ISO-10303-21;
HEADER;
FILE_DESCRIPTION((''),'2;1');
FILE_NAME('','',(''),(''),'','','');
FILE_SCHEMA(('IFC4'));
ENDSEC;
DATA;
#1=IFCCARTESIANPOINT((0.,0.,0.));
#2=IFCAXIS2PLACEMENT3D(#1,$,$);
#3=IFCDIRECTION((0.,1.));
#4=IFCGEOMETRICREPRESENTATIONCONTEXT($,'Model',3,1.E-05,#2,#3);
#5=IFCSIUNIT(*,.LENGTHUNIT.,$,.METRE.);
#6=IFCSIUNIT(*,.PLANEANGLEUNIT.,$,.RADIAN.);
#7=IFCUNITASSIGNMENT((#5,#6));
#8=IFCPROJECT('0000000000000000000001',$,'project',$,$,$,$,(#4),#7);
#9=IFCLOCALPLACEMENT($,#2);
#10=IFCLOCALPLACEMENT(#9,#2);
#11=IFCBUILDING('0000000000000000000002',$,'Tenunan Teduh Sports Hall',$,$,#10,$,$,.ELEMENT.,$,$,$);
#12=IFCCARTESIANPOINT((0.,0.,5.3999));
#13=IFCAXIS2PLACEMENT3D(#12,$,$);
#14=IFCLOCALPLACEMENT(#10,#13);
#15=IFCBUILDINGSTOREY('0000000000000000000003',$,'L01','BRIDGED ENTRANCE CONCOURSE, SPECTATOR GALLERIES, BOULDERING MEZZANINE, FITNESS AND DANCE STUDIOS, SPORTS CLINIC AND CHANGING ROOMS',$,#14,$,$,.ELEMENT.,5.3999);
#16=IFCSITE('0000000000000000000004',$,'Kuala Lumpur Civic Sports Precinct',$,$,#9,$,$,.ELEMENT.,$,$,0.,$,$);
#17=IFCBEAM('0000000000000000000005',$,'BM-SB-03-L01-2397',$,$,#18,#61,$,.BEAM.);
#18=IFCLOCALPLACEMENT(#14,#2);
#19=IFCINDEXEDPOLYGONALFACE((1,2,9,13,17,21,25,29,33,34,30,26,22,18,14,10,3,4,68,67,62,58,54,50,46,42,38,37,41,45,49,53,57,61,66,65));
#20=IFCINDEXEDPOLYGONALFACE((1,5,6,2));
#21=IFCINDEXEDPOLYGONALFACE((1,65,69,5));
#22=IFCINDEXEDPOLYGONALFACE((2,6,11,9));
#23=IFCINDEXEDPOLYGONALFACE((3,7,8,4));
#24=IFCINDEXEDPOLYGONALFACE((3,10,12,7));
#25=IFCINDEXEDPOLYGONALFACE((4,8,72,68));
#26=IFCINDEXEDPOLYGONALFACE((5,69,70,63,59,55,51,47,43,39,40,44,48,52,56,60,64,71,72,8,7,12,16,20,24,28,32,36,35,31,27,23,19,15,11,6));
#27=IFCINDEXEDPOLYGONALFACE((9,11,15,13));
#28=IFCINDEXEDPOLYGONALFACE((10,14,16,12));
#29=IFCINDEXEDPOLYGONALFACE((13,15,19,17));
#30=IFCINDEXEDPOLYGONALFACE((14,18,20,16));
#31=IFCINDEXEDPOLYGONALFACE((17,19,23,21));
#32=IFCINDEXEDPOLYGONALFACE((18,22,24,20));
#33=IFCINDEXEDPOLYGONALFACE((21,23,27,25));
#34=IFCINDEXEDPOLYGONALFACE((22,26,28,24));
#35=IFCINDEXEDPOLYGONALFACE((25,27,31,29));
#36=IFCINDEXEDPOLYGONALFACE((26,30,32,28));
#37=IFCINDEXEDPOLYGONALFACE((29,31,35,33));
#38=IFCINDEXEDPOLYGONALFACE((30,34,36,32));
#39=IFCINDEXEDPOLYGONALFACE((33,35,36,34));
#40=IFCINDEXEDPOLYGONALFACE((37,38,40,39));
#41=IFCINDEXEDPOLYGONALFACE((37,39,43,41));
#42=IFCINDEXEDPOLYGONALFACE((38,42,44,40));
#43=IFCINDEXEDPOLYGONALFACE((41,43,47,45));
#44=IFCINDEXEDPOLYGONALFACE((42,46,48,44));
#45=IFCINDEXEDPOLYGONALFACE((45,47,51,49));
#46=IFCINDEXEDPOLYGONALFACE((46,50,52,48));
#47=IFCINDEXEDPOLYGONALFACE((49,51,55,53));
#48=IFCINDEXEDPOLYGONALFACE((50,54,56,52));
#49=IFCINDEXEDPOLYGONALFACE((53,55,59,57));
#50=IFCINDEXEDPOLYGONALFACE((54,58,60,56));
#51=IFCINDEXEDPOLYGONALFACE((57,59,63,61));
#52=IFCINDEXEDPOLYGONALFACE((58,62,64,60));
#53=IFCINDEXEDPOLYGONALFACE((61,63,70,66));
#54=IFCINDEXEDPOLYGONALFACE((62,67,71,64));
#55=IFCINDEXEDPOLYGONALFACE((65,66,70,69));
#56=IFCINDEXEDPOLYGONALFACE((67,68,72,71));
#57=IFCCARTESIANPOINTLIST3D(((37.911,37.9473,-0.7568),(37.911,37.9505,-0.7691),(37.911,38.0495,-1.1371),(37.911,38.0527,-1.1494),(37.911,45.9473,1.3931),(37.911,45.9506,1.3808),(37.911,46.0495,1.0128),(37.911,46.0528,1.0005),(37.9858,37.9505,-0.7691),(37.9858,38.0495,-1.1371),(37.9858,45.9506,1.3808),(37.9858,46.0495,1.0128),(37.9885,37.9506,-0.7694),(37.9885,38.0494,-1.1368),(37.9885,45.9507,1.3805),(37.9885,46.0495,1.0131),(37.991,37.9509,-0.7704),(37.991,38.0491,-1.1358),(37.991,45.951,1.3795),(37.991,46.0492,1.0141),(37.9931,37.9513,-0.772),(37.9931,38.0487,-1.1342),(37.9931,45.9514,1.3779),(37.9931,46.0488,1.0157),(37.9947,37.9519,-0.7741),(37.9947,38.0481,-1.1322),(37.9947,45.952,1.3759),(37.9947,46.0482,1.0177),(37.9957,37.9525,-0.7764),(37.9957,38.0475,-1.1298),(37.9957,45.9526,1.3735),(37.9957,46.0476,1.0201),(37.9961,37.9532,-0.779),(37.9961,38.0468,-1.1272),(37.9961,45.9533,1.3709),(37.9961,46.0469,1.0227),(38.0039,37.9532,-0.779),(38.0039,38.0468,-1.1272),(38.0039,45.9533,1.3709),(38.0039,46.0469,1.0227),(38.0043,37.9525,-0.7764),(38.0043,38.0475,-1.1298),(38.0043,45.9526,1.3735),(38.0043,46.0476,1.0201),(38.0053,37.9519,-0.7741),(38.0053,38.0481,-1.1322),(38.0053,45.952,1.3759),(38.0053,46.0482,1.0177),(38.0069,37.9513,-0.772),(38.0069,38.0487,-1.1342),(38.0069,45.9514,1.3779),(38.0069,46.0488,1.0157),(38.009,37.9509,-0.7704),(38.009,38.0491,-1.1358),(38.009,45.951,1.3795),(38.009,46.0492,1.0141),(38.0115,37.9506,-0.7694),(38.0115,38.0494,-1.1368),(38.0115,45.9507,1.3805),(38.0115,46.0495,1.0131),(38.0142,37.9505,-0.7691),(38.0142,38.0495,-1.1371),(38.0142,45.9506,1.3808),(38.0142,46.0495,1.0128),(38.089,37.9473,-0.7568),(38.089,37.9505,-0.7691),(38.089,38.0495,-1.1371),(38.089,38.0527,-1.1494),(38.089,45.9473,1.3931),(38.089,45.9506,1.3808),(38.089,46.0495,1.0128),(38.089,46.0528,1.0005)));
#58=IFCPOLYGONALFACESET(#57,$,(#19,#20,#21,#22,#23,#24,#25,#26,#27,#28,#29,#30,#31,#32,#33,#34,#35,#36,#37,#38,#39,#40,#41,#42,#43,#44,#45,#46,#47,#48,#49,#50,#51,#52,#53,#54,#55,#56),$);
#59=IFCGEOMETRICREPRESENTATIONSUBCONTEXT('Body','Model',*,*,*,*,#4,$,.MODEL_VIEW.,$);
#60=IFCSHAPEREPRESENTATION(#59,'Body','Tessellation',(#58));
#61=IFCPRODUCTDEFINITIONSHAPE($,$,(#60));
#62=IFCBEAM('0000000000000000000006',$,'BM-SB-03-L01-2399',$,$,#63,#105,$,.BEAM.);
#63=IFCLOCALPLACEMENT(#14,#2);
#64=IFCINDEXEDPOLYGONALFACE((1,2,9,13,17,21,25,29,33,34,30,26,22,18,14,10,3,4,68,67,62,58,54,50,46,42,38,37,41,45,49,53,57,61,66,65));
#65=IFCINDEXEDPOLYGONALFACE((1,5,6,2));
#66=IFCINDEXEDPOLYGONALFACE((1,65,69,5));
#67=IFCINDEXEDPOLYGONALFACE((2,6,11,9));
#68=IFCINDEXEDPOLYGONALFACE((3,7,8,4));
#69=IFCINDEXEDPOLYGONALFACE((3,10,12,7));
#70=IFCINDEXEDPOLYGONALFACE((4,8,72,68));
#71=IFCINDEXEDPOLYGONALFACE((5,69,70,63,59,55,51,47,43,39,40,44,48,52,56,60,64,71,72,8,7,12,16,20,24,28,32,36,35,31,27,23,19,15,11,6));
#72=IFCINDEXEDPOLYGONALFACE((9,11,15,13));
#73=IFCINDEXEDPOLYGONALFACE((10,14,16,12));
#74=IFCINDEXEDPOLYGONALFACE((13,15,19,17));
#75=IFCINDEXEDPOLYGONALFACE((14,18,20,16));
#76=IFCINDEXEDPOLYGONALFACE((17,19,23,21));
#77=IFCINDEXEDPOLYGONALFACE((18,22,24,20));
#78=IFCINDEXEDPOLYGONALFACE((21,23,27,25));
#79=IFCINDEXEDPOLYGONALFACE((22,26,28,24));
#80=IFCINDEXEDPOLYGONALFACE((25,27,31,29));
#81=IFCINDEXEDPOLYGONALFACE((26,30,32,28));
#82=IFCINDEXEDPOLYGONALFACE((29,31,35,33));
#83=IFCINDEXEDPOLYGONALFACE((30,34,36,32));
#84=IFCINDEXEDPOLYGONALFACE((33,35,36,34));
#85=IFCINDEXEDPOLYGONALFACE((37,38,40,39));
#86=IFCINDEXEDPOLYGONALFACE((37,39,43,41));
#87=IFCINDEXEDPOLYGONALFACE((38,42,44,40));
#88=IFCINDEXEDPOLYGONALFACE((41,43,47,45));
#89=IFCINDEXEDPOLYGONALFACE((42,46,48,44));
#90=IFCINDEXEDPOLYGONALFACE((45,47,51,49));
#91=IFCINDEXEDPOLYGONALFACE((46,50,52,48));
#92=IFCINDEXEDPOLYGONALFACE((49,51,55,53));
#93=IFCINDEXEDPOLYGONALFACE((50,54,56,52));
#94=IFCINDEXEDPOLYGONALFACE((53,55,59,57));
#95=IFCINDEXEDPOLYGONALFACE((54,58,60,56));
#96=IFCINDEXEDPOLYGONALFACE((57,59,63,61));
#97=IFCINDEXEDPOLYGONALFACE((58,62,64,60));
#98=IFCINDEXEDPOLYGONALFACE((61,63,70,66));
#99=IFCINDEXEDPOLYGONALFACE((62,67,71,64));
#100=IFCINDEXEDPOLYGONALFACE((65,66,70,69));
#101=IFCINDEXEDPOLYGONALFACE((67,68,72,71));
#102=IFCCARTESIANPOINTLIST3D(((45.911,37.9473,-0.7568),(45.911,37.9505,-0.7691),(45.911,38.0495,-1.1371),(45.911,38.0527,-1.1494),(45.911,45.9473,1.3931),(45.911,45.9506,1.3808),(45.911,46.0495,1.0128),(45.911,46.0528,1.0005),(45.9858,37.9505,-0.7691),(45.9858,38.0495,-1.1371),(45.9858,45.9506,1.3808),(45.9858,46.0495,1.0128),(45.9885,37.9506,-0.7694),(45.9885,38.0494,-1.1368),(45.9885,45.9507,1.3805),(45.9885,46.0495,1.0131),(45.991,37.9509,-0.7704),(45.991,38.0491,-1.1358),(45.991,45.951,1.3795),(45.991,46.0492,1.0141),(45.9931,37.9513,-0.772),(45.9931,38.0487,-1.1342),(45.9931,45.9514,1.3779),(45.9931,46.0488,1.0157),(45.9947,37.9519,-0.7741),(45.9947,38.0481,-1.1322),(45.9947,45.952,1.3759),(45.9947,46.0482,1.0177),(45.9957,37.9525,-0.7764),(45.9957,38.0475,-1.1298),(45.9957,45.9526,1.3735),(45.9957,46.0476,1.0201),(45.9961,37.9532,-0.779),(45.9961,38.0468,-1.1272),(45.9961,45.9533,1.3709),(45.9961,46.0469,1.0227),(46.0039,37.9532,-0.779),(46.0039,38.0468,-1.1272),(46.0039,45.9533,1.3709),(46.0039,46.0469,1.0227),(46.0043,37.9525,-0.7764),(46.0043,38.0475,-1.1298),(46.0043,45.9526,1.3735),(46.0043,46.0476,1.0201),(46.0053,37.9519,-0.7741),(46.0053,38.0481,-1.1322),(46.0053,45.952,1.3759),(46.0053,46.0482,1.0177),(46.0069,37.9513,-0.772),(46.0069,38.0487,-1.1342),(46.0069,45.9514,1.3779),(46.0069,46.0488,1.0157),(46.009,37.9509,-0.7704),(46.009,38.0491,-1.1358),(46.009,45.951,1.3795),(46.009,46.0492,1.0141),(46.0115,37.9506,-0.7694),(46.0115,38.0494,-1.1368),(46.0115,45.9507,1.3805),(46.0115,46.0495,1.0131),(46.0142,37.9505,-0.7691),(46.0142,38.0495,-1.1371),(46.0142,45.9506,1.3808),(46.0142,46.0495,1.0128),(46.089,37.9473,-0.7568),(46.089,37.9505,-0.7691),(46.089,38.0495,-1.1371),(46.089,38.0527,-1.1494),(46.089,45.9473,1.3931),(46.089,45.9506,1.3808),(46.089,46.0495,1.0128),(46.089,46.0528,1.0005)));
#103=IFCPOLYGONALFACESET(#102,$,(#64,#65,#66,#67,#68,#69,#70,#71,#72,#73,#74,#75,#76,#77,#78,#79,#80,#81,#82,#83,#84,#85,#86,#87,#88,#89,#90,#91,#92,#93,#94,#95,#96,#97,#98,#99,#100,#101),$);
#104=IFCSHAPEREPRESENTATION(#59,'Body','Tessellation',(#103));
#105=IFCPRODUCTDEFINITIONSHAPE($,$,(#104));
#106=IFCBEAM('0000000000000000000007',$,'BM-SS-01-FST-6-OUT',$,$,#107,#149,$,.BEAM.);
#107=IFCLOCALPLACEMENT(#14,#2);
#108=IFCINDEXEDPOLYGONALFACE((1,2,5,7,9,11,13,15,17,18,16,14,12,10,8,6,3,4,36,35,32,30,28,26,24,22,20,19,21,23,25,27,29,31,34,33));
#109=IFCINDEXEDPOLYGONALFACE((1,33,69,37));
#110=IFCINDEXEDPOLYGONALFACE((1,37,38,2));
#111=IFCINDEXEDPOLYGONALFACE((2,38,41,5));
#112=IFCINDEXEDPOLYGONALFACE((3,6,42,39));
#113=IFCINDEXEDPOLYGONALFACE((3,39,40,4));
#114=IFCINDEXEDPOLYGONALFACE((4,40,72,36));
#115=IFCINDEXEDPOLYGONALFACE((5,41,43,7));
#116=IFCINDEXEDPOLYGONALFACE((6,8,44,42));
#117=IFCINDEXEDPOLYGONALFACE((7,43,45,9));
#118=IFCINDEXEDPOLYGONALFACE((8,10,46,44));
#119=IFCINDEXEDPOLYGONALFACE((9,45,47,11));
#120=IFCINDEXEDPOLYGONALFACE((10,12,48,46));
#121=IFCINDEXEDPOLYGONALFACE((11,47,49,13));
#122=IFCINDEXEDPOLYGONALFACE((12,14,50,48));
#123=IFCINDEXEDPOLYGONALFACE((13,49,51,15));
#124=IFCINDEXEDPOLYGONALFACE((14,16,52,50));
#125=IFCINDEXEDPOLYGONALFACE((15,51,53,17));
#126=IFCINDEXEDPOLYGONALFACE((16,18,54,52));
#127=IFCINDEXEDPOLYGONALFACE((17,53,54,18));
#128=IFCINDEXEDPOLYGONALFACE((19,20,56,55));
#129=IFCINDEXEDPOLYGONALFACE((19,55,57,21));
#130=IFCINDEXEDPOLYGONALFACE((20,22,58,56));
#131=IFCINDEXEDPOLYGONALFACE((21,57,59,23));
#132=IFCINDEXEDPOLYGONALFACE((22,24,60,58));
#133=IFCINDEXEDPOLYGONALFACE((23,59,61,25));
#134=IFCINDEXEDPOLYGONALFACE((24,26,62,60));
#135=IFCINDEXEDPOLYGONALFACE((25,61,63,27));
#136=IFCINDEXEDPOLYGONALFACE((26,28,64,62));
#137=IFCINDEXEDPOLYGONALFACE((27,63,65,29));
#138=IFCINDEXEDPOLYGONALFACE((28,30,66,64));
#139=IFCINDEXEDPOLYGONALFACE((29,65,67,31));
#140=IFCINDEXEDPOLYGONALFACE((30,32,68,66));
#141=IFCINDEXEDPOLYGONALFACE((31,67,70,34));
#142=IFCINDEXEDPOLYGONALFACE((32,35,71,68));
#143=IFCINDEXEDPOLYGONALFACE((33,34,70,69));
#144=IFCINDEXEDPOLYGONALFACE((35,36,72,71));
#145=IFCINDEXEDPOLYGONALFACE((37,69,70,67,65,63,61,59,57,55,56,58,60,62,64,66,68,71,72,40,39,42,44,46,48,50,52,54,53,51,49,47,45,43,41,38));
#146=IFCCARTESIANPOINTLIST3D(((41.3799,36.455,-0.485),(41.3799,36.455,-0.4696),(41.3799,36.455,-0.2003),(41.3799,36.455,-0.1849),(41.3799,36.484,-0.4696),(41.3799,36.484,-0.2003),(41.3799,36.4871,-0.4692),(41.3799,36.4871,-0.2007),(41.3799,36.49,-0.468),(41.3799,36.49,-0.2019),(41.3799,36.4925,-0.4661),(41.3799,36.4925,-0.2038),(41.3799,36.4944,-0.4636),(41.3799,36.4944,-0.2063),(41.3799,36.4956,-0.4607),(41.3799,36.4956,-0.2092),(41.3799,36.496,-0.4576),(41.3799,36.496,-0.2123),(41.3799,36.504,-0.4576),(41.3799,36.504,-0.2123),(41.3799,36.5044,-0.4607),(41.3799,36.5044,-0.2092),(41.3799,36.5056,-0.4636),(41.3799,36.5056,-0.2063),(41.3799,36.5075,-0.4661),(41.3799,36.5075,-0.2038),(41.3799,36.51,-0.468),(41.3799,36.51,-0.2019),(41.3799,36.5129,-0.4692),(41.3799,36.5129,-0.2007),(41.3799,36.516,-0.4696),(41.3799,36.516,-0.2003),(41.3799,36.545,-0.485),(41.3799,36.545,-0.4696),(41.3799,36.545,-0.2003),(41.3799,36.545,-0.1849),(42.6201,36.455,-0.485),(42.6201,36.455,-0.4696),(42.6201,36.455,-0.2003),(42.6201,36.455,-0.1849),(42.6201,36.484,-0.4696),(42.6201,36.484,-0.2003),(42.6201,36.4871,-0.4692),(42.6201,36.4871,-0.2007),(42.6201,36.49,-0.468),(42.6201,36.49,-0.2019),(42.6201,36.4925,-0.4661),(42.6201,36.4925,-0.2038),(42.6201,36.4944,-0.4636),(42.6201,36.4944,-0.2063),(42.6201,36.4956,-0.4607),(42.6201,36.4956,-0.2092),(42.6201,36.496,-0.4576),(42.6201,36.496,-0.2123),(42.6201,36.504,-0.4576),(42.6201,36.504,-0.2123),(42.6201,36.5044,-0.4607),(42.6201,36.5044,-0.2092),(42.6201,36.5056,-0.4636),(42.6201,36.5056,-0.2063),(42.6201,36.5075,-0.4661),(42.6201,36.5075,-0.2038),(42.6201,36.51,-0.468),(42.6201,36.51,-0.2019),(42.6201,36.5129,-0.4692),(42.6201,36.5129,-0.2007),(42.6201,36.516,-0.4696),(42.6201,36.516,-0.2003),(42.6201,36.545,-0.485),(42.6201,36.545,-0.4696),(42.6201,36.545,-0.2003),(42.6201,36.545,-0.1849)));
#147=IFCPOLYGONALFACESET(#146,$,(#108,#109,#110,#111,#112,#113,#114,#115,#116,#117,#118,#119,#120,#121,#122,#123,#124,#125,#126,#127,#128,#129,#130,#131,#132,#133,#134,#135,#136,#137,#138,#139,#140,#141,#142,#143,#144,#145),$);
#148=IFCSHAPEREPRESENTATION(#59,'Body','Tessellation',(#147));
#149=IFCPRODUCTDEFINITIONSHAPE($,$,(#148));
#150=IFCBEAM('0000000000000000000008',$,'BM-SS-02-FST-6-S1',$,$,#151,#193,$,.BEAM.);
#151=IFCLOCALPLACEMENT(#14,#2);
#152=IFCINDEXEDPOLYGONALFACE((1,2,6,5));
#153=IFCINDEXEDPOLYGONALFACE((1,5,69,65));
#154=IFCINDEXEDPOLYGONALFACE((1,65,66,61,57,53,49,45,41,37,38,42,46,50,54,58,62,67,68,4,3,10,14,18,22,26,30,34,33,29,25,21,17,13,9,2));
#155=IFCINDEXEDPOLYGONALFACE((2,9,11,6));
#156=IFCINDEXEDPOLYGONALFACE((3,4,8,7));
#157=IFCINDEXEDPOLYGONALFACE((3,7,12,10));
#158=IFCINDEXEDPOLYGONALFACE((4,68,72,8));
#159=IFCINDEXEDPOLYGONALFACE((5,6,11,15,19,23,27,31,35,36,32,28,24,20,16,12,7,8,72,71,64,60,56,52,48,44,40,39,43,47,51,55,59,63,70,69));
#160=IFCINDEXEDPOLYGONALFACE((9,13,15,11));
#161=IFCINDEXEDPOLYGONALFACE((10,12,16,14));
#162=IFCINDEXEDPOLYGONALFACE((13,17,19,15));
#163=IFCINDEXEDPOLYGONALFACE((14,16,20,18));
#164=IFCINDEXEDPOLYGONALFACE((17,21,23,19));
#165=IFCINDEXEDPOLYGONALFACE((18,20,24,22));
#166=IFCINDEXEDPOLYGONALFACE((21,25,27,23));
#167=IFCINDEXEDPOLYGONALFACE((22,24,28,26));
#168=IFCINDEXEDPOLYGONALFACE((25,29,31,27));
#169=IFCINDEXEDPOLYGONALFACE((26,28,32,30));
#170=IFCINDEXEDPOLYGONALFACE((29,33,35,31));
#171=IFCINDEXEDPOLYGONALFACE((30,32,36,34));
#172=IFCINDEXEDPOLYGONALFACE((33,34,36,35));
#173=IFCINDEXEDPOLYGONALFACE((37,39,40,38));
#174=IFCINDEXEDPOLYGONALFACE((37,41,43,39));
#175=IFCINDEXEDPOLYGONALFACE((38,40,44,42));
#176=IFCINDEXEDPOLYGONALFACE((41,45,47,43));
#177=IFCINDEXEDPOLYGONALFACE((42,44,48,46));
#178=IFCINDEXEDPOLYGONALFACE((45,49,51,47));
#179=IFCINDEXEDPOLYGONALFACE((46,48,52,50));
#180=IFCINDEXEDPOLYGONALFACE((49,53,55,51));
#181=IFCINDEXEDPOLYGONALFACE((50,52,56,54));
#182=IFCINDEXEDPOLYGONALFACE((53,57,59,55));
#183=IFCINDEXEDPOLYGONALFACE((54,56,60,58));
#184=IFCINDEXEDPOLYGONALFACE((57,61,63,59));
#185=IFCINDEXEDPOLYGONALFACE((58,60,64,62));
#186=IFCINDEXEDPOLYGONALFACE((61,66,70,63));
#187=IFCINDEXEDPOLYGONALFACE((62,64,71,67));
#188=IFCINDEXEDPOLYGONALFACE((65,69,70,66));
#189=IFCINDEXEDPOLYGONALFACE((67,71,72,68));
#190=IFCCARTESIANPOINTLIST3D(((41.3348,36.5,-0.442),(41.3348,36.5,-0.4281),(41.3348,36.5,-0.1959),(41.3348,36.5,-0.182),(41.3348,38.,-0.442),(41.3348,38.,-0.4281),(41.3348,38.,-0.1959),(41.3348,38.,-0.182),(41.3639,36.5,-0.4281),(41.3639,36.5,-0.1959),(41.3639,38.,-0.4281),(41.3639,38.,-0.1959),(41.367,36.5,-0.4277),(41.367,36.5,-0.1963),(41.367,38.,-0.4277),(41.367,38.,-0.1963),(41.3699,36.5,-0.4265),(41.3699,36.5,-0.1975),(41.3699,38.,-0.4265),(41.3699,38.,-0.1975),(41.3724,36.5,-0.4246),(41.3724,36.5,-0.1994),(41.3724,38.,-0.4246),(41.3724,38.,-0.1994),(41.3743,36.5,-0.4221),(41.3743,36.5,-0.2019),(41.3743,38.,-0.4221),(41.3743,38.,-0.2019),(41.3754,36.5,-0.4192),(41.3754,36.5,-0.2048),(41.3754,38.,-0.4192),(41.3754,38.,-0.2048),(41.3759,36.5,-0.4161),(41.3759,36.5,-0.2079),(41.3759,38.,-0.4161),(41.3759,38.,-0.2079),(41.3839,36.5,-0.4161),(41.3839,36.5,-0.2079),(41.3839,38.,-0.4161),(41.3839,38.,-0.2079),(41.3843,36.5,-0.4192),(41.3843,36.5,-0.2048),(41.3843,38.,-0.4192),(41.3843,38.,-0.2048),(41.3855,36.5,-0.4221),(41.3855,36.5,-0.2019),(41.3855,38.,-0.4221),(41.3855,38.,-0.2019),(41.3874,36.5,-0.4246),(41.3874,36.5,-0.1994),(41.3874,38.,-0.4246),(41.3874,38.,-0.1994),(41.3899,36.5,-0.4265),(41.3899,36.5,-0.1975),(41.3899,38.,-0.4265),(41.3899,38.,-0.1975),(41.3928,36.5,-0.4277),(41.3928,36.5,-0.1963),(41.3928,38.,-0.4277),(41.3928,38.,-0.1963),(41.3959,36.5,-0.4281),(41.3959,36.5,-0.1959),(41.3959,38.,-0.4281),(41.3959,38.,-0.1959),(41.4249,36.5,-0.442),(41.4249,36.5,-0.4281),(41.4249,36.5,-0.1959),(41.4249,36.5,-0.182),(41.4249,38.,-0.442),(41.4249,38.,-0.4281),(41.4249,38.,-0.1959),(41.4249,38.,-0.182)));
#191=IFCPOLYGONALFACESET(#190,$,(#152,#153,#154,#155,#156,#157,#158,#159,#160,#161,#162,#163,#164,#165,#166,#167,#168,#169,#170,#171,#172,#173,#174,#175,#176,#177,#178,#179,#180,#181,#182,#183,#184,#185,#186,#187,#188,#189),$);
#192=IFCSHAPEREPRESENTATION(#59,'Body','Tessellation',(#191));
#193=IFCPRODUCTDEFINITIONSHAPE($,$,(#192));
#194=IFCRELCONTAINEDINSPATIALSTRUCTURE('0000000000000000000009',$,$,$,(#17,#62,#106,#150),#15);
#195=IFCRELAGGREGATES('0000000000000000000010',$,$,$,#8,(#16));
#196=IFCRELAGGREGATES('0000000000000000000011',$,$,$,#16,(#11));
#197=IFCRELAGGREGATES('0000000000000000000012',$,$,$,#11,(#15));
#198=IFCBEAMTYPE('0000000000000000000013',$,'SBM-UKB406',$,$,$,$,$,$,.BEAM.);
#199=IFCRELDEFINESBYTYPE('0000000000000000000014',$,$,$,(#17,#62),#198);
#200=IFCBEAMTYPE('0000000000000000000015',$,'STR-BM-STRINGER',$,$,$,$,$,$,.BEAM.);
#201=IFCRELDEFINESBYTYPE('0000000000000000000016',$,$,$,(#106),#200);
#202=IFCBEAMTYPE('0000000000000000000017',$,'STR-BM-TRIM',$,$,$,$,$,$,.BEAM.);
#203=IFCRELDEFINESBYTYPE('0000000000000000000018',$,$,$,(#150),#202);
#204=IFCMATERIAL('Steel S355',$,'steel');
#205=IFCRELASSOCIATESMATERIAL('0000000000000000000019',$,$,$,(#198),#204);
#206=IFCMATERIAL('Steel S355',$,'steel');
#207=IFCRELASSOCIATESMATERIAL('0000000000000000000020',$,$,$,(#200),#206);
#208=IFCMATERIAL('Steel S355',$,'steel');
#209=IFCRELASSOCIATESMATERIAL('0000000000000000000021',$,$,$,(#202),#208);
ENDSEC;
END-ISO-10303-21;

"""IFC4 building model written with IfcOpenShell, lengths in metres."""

from ifc_helpers import new_model, si_unit, direction, frame, origin, origin_2d, place, context, subcontext, project, spatial, i_section, extrude, material, material_profile, profile_set, type_object, element, save


model = new_model("IFC4")

# Units and contexts
model_context = context("Model", 3, precision=1e-05, world=origin(), true_north=direction((0.0, 1.0)))
body_context = subcontext(model_context, "Body", "Model", "MODEL_VIEW")
ifc_project = project(units=[si_unit("LENGTHUNIT", "METRE"), si_unit("PLANEANGLEUNIT", "RADIAN")], contexts=[model_context])

# Site, building, storey
site_placement = place(None, origin())
site = spatial("IfcSite", under=ifc_project, at=site_placement, Name="Kuala Lumpur Civic Sports Precinct", CompositionType="ELEMENT", RefElevation=0.0)
building_placement = place(site_placement, origin())
building = spatial("IfcBuilding", under=site, at=building_placement, Name="Tenunan Teduh Sports Hall", CompositionType="ELEMENT")
storey_placement = place(building_placement, frame((0.0, 0.0, 5.3999)))
storey = spatial("IfcBuildingStorey", under=building, at=storey_placement, Name="L01", Description="BRIDGED ENTRANCE CONCOURSE, SPECTATOR GALLERIES, BOULDERING MEZZANINE, FITNESS AND DANCE STUDIOS, SPORTS CLINIC AND CHANGING ROOMS", CompositionType="ELEMENT", Elevation=5.3999)

# Beams
ifc_material_1 = material(Name="Steel S355", Category="steel")
ifc_material_profile_1 = material_profile(ifc_material_1, i_section(OverallWidth=0.178, OverallDepth=0.4065, WebThickness=0.0078, FlangeThickness=0.0127, FilletRadius=0.0103, at=origin_2d()), Name="UKB 406x178x60")
ifc_profile_set_1 = profile_set([ifc_material_profile_1], Name="Steel S355")
beam_type_1 = type_object("IfcBeamType", Name="SBM-UKB406", PredefinedType="BEAM", material=ifc_profile_set_1)
for number, where, z_axis, x_axis, name in (
    (1, (38.0, 38.0, -0.9531), (0.0, 0.965735, 0.25953), (-1.0, 0.0, 0.0), "BM-SB-03-L01-2397"),
    (2, (46.0, 38.0, -0.9531), (0.0, 0.965735, 0.25953), (-1.0, 0.0, 0.0), "BM-SB-03-L01-2399"),
):
    element("IfcBeam", number, at=place(storey_placement, frame(where, z_axis=z_axis, x_axis=x_axis)), inside=storey, type_object=beam_type_1, Name=name, PredefinedType="BEAM", context=body_context, shape_type="SweptSolid", body=[
        extrude(i_section(OverallWidth=0.178, OverallDepth=0.4065, WebThickness=0.0078, FlangeThickness=0.0127, FilletRadius=0.0103, at=origin_2d()), origin(), (0.0, 0.0, 1.0), 8.2839),
    ])
ifc_material_2 = material(Name="Steel S355", Category="steel")
ifc_material_profile_2 = material_profile(ifc_material_2, i_section(OverallWidth=0.0901, OverallDepth=0.3, WebThickness=0.0081, FlangeThickness=0.0154, FilletRadius=0.012, at=origin_2d()), Name="PFC 300x90")
ifc_profile_set_2 = profile_set([ifc_material_profile_2], Name="Steel S355")
beam_type_2 = type_object("IfcBeamType", Name="STR-BM-STRINGER", PredefinedType="BEAM", material=ifc_profile_set_2)
beam_1_placement = place(storey_placement, frame((41.3799, 36.5, -0.335), z_axis=(1.0, 0.0, 0.0), x_axis=(0.0, 1.0, 0.0)))
element("IfcBeam", 3, at=beam_1_placement, inside=storey, type_object=beam_type_2, Name="BM-SS-01-FST-6-OUT", PredefinedType="BEAM", context=body_context, shape_type="SweptSolid", body=[
    extrude(i_section(OverallWidth=0.0901, OverallDepth=0.3, WebThickness=0.0081, FlangeThickness=0.0154, FilletRadius=0.012, at=origin_2d()), origin(), (0.0, 0.0, 1.0), 1.2402),
])
ifc_material_3 = material(Name="Steel S355", Category="steel")
ifc_material_profile_3 = material_profile(ifc_material_3, i_section(OverallWidth=0.0901, OverallDepth=0.26, WebThickness=0.0081, FlangeThickness=0.0139, FilletRadius=0.012, at=origin_2d()), Name="PFC 260x90")
ifc_profile_set_3 = profile_set([ifc_material_profile_3], Name="Steel S355")
beam_type_3 = type_object("IfcBeamType", Name="STR-BM-TRIM", PredefinedType="BEAM", material=ifc_profile_set_3)
for number, where, z_axis, x_axis, name in (
    (4, (41.3799, 36.5, -0.312), (0.0, 1.0, 0.0), (-1.0, 0.0, 0.0), "BM-SS-02-FST-6-S1"),
):
    element("IfcBeam", number, at=place(storey_placement, frame(where, z_axis=z_axis, x_axis=x_axis)), inside=storey, type_object=beam_type_3, Name=name, PredefinedType="BEAM", context=body_context, shape_type="SweptSolid", body=[
        extrude(i_section(OverallWidth=0.0901, OverallDepth=0.26, WebThickness=0.0081, FlangeThickness=0.0139, FilletRadius=0.012, at=origin_2d()), origin(), (0.0, 0.0, 1.0), 1.5),
    ])

save(model, "model.ifc")
